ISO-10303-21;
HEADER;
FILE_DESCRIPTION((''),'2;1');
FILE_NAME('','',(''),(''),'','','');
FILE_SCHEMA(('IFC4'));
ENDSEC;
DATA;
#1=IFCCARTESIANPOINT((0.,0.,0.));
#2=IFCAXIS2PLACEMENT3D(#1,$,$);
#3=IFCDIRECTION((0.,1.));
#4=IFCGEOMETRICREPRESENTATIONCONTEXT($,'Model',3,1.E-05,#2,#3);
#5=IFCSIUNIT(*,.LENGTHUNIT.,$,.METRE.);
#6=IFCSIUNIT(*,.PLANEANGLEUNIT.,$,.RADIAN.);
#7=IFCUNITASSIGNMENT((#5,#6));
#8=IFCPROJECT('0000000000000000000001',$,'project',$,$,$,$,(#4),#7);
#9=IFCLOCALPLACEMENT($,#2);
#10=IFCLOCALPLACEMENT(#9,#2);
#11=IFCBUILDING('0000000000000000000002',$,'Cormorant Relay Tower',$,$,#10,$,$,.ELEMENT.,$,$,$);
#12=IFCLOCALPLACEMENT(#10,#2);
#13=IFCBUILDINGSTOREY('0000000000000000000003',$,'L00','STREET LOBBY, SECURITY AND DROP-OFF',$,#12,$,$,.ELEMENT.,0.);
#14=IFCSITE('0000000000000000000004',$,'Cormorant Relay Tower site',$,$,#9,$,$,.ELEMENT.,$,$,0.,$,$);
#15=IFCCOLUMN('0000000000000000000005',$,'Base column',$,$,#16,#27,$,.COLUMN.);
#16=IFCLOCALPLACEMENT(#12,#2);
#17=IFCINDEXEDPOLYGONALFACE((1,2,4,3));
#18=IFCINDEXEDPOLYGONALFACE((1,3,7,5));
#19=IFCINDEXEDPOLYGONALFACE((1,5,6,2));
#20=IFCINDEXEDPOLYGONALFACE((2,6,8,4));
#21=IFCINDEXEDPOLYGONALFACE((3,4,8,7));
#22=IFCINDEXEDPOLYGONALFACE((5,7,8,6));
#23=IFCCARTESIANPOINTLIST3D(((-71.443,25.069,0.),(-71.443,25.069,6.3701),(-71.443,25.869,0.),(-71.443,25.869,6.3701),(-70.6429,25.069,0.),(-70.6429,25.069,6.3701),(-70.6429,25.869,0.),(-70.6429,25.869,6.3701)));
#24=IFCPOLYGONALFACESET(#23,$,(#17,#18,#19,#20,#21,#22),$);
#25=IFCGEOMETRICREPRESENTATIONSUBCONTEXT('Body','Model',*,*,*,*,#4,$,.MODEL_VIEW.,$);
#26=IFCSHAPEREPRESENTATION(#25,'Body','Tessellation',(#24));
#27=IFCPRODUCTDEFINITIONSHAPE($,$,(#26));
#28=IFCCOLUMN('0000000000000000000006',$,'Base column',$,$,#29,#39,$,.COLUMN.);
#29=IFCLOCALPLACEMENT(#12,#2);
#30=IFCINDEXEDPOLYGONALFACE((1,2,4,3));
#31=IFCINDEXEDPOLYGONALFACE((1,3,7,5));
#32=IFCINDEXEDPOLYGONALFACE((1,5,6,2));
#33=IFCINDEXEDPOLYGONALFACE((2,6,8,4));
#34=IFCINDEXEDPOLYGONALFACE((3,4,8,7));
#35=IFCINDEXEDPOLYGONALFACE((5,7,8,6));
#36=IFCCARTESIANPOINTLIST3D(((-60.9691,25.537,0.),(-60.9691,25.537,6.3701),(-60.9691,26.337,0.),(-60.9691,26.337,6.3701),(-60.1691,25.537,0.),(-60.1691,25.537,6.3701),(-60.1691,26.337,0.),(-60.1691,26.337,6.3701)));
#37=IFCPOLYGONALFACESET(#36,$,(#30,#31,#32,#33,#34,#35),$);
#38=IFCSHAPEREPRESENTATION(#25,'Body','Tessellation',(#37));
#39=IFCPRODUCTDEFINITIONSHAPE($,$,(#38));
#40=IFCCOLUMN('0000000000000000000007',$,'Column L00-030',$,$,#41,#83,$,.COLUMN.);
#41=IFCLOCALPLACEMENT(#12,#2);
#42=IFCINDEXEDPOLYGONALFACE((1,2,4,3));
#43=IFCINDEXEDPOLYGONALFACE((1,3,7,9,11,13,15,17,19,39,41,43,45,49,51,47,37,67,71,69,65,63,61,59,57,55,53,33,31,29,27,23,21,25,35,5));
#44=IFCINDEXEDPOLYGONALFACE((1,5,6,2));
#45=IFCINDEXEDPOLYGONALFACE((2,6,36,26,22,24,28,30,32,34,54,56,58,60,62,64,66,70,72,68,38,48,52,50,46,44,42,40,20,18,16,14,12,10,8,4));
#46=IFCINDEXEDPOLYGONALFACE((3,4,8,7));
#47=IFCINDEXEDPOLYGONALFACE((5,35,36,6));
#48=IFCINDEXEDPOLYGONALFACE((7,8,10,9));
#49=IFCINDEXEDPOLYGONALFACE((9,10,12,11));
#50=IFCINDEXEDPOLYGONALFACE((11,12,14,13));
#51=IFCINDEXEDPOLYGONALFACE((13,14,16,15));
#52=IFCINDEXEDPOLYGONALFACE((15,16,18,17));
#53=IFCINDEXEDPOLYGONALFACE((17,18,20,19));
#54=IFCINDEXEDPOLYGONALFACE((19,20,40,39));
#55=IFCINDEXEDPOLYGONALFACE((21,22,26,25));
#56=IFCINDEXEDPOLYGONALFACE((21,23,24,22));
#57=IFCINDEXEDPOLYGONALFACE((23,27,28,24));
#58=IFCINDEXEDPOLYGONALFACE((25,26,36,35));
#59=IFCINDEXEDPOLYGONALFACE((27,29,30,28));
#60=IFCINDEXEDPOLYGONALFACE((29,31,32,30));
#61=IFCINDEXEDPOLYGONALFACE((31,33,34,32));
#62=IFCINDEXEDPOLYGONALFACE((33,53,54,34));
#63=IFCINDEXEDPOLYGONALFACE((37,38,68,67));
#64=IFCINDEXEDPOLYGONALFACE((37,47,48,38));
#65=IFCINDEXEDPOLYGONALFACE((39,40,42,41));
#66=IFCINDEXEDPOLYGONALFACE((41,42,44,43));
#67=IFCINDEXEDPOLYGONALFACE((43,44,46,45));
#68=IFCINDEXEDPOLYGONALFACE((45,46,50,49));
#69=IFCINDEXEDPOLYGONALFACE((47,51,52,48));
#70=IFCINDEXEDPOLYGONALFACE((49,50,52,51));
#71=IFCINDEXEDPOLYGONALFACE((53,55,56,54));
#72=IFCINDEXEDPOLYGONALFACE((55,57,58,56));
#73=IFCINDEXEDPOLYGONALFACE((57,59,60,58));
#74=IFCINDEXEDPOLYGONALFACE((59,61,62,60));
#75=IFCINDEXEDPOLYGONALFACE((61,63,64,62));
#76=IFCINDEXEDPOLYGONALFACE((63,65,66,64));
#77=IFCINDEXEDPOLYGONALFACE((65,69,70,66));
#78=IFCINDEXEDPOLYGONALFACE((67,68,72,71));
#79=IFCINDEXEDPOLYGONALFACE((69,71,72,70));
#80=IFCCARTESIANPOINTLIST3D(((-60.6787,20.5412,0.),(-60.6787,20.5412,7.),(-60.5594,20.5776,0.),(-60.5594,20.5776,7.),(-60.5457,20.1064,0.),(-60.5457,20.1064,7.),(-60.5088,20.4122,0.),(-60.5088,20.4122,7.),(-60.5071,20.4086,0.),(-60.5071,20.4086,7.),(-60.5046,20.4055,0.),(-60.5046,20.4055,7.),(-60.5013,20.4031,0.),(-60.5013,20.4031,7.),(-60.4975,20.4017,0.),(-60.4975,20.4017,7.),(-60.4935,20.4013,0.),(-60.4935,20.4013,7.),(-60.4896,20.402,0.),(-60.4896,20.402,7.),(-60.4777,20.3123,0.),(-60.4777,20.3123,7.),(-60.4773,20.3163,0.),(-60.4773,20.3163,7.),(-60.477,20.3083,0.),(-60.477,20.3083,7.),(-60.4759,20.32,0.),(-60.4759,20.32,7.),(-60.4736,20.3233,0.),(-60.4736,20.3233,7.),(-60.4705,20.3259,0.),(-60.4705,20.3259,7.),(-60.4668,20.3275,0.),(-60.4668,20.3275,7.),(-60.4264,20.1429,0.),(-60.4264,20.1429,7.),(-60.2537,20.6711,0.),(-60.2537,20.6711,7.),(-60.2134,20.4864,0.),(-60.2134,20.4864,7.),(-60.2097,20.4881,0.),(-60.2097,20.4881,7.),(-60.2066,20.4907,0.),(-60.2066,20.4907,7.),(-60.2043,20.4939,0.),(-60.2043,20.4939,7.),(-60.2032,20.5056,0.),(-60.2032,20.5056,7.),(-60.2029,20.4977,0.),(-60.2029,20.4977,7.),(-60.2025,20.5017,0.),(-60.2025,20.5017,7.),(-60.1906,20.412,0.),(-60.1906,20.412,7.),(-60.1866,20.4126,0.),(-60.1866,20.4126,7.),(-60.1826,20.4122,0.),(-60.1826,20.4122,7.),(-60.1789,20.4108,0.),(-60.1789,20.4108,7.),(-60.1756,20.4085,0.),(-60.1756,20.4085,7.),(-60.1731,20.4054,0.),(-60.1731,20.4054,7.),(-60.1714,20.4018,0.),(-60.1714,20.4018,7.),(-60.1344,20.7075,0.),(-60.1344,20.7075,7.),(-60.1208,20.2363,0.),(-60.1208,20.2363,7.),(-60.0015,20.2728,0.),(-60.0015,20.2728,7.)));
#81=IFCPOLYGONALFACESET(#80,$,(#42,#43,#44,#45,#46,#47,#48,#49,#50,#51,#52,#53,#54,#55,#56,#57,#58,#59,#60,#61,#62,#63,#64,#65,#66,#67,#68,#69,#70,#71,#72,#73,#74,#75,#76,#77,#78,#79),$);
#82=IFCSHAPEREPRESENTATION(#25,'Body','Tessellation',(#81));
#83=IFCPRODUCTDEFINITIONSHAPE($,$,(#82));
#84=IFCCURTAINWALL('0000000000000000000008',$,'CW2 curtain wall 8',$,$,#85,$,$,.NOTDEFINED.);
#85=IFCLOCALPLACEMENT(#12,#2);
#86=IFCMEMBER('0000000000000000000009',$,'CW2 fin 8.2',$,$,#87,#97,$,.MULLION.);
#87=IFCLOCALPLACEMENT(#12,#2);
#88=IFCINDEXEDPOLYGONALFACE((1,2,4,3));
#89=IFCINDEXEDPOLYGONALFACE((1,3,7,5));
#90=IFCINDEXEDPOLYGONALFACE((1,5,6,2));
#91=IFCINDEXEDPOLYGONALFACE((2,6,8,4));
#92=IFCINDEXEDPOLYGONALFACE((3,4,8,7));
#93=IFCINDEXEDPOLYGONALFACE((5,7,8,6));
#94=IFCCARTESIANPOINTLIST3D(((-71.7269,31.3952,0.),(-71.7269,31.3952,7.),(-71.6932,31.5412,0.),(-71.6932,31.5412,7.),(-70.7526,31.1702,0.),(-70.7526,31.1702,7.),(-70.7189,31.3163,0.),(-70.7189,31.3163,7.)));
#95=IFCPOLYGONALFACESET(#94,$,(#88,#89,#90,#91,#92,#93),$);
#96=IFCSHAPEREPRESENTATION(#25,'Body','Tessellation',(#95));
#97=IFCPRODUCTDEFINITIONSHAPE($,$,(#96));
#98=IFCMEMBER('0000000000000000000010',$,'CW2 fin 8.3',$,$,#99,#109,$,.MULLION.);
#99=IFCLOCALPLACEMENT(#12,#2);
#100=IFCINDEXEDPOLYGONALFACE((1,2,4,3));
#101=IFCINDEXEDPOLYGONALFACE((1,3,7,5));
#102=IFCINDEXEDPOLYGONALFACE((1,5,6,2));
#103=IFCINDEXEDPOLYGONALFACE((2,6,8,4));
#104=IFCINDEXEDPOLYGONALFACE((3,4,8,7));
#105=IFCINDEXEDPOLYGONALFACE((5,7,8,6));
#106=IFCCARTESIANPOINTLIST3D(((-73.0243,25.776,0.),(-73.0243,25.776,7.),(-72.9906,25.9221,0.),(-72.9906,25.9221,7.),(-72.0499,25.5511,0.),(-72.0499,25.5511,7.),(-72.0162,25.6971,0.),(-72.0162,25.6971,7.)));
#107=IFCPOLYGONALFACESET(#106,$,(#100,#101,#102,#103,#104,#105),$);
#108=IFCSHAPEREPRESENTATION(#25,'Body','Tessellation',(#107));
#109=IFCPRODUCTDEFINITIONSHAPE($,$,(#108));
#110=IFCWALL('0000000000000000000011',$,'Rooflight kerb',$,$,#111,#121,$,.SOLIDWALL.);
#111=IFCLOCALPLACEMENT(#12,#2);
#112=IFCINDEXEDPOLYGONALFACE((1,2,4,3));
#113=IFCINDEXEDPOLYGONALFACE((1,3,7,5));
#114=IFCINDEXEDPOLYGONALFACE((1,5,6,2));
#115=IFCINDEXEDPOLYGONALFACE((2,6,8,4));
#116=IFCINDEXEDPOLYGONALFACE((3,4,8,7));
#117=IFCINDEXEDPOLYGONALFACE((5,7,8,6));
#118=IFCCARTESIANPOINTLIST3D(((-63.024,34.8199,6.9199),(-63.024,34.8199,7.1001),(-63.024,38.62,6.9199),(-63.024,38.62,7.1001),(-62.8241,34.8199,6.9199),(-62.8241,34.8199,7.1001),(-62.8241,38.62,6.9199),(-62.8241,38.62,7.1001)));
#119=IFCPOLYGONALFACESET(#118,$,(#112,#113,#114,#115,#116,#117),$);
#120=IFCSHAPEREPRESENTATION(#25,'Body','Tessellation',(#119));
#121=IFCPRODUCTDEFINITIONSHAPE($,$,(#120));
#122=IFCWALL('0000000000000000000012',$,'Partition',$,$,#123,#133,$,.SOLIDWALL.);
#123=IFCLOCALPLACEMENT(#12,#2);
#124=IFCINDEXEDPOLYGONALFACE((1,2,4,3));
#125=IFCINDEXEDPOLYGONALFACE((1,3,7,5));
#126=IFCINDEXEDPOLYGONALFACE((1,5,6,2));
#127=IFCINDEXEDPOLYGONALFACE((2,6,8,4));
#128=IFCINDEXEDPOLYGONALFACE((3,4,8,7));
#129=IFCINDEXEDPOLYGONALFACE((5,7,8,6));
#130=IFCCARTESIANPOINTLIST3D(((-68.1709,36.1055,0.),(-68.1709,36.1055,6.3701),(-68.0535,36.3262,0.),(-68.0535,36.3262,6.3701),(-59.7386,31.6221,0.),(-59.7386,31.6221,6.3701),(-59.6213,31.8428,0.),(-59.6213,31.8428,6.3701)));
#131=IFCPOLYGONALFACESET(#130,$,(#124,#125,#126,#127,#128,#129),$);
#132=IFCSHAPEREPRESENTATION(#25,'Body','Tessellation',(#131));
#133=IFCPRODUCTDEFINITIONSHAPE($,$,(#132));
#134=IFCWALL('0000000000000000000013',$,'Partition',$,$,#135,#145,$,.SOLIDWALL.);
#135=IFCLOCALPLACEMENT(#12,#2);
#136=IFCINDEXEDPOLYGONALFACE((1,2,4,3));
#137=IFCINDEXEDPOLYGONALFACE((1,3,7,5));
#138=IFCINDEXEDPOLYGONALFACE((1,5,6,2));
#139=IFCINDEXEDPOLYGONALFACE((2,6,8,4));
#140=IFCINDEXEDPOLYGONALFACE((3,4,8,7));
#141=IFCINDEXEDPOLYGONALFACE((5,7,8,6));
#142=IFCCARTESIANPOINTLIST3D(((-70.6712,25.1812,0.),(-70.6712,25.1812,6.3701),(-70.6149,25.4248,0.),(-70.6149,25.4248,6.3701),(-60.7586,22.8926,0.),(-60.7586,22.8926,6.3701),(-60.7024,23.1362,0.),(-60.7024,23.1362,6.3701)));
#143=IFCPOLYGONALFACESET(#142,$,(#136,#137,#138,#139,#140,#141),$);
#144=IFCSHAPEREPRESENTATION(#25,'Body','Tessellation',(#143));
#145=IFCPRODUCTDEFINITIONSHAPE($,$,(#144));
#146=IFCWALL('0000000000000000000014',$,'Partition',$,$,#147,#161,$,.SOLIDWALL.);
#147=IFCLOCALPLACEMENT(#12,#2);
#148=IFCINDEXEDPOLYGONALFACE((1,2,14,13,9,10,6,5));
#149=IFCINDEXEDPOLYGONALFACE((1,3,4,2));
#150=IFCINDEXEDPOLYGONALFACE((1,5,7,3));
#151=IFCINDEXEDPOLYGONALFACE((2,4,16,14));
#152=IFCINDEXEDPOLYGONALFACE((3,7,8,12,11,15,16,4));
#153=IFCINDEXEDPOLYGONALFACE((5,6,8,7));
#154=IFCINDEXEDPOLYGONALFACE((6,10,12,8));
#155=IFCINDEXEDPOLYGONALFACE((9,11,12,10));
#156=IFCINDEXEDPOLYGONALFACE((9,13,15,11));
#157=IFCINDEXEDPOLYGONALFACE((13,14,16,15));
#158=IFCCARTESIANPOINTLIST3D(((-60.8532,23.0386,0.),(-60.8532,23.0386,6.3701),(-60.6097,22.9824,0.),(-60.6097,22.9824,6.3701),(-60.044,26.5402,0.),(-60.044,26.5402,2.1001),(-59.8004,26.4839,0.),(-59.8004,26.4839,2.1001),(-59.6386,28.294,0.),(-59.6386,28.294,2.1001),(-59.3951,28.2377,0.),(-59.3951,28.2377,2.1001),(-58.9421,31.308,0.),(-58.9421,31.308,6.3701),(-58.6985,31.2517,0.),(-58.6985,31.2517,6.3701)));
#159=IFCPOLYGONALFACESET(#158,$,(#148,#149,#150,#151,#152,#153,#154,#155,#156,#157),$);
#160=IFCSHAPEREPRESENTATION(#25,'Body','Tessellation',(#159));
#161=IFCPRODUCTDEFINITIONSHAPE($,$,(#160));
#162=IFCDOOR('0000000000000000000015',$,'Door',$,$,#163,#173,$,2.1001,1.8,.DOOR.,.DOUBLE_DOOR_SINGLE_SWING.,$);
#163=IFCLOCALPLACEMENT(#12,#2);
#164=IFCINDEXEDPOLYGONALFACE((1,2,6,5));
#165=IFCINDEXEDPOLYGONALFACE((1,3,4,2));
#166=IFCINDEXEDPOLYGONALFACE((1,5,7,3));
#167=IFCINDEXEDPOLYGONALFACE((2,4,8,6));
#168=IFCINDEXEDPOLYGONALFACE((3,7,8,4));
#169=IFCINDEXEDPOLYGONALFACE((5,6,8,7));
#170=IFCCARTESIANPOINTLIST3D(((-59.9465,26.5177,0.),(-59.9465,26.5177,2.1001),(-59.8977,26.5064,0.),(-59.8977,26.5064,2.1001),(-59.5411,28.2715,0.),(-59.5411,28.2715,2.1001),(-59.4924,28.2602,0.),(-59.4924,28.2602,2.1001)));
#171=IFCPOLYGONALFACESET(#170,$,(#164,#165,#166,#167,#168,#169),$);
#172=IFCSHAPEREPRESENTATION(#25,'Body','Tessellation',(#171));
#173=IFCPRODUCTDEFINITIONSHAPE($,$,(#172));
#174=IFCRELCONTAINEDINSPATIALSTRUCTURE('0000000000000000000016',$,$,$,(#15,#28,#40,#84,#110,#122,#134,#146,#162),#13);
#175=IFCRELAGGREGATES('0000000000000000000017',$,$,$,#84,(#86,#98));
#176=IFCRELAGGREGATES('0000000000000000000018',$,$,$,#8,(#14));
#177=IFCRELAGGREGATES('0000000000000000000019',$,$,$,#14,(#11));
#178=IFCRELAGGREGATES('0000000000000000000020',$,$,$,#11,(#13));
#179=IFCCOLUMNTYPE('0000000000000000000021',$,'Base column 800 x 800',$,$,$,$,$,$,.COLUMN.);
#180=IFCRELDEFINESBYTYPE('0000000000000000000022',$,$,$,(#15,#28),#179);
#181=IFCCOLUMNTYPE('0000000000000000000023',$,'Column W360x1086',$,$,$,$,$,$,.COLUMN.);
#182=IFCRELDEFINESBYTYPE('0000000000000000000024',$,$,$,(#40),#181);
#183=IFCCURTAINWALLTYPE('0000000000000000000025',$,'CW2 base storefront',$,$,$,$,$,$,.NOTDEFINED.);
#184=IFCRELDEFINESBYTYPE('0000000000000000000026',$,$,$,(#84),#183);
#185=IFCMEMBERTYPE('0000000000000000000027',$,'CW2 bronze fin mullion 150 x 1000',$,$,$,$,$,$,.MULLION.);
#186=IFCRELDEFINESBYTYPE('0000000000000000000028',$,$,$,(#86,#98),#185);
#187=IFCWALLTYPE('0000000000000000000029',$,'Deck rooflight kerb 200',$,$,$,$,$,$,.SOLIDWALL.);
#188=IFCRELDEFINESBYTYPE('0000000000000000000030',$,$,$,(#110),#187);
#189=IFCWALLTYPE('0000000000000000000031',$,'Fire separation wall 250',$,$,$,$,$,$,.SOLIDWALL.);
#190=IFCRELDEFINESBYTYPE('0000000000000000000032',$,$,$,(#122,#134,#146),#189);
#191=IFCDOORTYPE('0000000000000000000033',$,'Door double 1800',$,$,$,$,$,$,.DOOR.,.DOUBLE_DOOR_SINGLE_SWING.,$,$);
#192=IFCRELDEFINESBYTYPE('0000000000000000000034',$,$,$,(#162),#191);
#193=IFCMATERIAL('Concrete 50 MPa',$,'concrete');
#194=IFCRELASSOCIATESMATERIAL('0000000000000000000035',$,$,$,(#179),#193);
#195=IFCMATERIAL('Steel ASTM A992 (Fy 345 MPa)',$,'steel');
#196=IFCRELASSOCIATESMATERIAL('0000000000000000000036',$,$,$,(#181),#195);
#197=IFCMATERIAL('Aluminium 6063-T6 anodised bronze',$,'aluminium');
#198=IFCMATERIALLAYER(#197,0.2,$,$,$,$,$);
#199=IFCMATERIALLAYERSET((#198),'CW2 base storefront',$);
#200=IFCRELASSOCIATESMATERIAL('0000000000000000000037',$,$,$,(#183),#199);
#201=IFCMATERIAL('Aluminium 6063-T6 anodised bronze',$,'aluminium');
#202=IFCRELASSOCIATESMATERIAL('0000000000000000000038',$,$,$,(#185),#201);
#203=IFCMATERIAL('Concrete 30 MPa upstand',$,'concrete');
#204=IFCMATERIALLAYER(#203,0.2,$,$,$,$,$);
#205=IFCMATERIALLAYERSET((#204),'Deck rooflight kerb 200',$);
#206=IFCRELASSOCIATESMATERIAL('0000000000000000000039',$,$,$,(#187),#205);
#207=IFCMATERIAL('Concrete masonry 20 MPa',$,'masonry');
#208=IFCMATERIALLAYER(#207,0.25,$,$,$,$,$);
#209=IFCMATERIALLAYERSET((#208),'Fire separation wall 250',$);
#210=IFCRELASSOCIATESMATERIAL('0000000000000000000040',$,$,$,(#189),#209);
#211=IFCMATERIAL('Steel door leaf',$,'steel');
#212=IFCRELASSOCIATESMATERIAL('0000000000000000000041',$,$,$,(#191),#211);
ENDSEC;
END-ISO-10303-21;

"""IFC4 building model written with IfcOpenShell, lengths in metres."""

from ifc_helpers import new_model, si_unit, direction, frame, frame_2d, origin, origin_2d, place, context, subcontext, project, spatial, rectangle, i_section, extrude, material, layer, layer_set, material_profile, profile_set, type_object, element, fill, aggregate, save


model = new_model("IFC4")

# Units and contexts
model_context = context("Model", 3, precision=1e-05, world=origin(), true_north=direction((0.0, 1.0)))
body_context = subcontext(model_context, "Body", "Model", "MODEL_VIEW")
ifc_project = project(units=[si_unit("LENGTHUNIT", "METRE"), si_unit("PLANEANGLEUNIT", "RADIAN")], contexts=[model_context])

# Site, building, storey
site_placement = place(None, origin())
site = spatial("IfcSite", under=ifc_project, at=site_placement, Name="Cormorant Relay Tower site", CompositionType="ELEMENT", RefElevation=0.0)
building_placement = place(site_placement, origin())
building = spatial("IfcBuilding", under=site, at=building_placement, Name="Cormorant Relay Tower", CompositionType="ELEMENT")
storey_placement = place(building_placement, origin())
storey = spatial("IfcBuildingStorey", under=building, at=storey_placement, Name="L00", Description="STREET LOBBY, SECURITY AND DROP-OFF", CompositionType="ELEMENT", Elevation=0.0)

# Columns
ifc_material_1 = material(Name="Concrete 50 MPa", Category="concrete")
ifc_material_profile_1 = material_profile(ifc_material_1, rectangle(XDim=0.8, YDim=0.8, at=origin_2d()), Name="RC 800x800")
ifc_profile_set_1 = profile_set([ifc_material_profile_1], Name="Concrete 50 MPa")
column_type_1 = type_object("IfcColumnType", Name="Base column 800 x 800", PredefinedType="COLUMN", material=ifc_profile_set_1)
for number, where, z_axis, x_axis, name in (
    (1, (-71.043, 25.469, 0.0), (0.0, 0.0, 1.0), (1.0, 0.0, 0.0), "Base column"),
    (2, (-60.5691, 25.937, 0.0), (0.0, 0.0, 1.0), (1.0, 0.0, 0.0), "Base column"),
):
    element("IfcColumn", number, at=place(storey_placement, frame(where, z_axis=z_axis, x_axis=x_axis)), inside=storey, type_object=column_type_1, Name=name, PredefinedType="COLUMN", context=body_context, shape_type="SweptSolid", body=[
        extrude(rectangle(XDim=0.8, YDim=0.8, at=origin_2d()), origin(), (0.0, 0.0, 1.0), 6.3701),
    ])
ifc_material_2 = material(Name="Steel ASTM A992 (Fy 345 MPa)", Category="steel")
ifc_material_profile_2 = material_profile(ifc_material_2, i_section(OverallWidth=0.4546, OverallDepth=0.5691, WebThickness=0.0779, FlangeThickness=0.1248, FilletRadius=0.0154, at=origin_2d()), Name="W360x1086")
ifc_profile_set_2 = profile_set([ifc_material_profile_2], Name="Steel ASTM A992 (Fy 345 MPa)")
column_type_2 = type_object("IfcColumnType", Name="Column W360x1086", PredefinedType="COLUMN", material=ifc_profile_set_2)
column_placement = place(storey_placement, frame((-60.3401, 20.407, 0.0), z_axis=(0.0, 0.0, 1.0), x_axis=(0.292372, -0.956305, 0.0)))
element("IfcColumn", 3, at=column_placement, inside=storey, type_object=column_type_2, Name="Column L00-030", PredefinedType="COLUMN", context=body_context, shape_type="SweptSolid", body=[
    extrude(i_section(OverallWidth=0.4546, OverallDepth=0.5691, WebThickness=0.0779, FlangeThickness=0.1248, FilletRadius=0.0154, at=origin_2d()), origin(), (0.0, 0.0, 1.0), 7.0),
])

# Curtain wall, members
ifc_material_3 = material(Name="Aluminium 6063-T6 anodised bronze", Category="aluminium")
ifc_layer_1 = layer(ifc_material_3, 0.2)
ifc_layer_set_1 = layer_set([ifc_layer_1], Name="CW2 base storefront")
curtain_wall_type = type_object("IfcCurtainWallType", Name="CW2 base storefront", PredefinedType="NOTDEFINED", material=ifc_layer_set_1)
curtain_wall_placement = place(storey_placement, origin())
curtain_wall = element("IfcCurtainWall", 4, at=curtain_wall_placement, inside=storey, type_object=curtain_wall_type, Name="CW2 curtain wall 8", PredefinedType="NOTDEFINED")
ifc_material_4 = material(Name="Aluminium 6063-T6 anodised bronze", Category="aluminium")
ifc_material_profile_3 = material_profile(ifc_material_4, rectangle(XDim=0.1499, YDim=1.0, at=origin_2d()), Name="AL 150x1000")
ifc_profile_set_3 = profile_set([ifc_material_profile_3], Name="Aluminium 6063-T6 anodised bronze")
member_type = type_object("IfcMemberType", Name="CW2 bronze fin mullion 150 x 1000", PredefinedType="MULLION", material=ifc_profile_set_3)
member_1_placement = place(storey_placement, frame((-71.2229, 31.3557, 0.0), z_axis=(0.0, 0.0, 1.0), x_axis=(-0.224951, -0.97437, 0.0)))
member_1 = element("IfcMember", 5, at=member_1_placement, type_object=member_type, Name="CW2 fin 8.2", PredefinedType="MULLION", context=body_context, shape_type="SweptSolid", body=[
    extrude(rectangle(XDim=0.1499, YDim=1.0, at=origin_2d()), origin(), (0.0, 0.0, 1.0), 7.0),
])
member_2_placement = place(storey_placement, frame((-72.5203, 25.7366, 0.0), z_axis=(0.0, 0.0, 1.0), x_axis=(-0.224951, -0.97437, 0.0)))
member_2 = element("IfcMember", 6, at=member_2_placement, type_object=member_type, Name="CW2 fin 8.3", PredefinedType="MULLION", context=body_context, shape_type="SweptSolid", body=[
    extrude(rectangle(XDim=0.1499, YDim=1.0, at=origin_2d()), origin(), (0.0, 0.0, 1.0), 7.0),
])
aggregate(curtain_wall, [member_1, member_2])

# Walls
ifc_material_5 = material(Name="Concrete 30 MPa upstand", Category="concrete")
ifc_layer_2 = layer(ifc_material_5, 0.2)
ifc_layer_set_2 = layer_set([ifc_layer_2], Name="Deck rooflight kerb 200")
wall_type_1 = type_object("IfcWallType", Name="Deck rooflight kerb 200", PredefinedType="SOLIDWALL", material=ifc_layer_set_2)
wall_1_placement = place(storey_placement, frame((-62.9241, 34.8201, 6.9199), z_axis=(0.0, 0.0, 1.0), x_axis=(0.0, 1.0, 0.0)))
element("IfcWall", 7, at=wall_1_placement, inside=storey, type_object=wall_type_1, Name="Rooflight kerb", PredefinedType="SOLIDWALL", context=body_context, shape_type="SweptSolid", body=[
    extrude(rectangle(XDim=3.8, YDim=0.2, at=frame_2d((1.8999, 0.0))), origin(), (0.0, 0.0, 1.0), 0.1802),
])
ifc_material_6 = material(Name="Concrete masonry 20 MPa", Category="masonry")
ifc_layer_3 = layer(ifc_material_6, 0.25)
ifc_layer_set_3 = layer_set([ifc_layer_3], Name="Fire separation wall 250")
wall_type_2 = type_object("IfcWallType", Name="Fire separation wall 250", PredefinedType="SOLIDWALL", material=ifc_layer_set_3)
wall_2_placement = place(storey_placement, frame((-68.1121, 36.2158, 0.0), z_axis=(0.0, 0.0, 1.0), x_axis=(0.88295, -0.469468, 0.0)))
element("IfcWall", 8, at=wall_2_placement, inside=storey, type_object=wall_type_2, Name="Partition", PredefinedType="SOLIDWALL", context=body_context, shape_type="SweptSolid", body=[
    extrude(rectangle(XDim=9.55, YDim=0.25, at=frame_2d((4.7749, 0.0))), origin(), (0.0, 0.0, 1.0), 6.3701),
])
wall_3_placement = place(storey_placement, frame((-70.6431, 25.303, 0.0), z_axis=(0.0, 0.0, 1.0), x_axis=(0.974369, -0.224958, 0.0)))
element("IfcWall", 9, at=wall_3_placement, inside=storey, type_object=wall_type_2, Name="Partition", PredefinedType="SOLIDWALL", context=body_context, shape_type="SweptSolid", body=[
    extrude(rectangle(XDim=10.1733, YDim=0.25, at=frame_2d((5.0867, 0.0))), origin(), (0.0, 0.0, 1.0), 6.3701),
])

# Wall, opening, door
wall_4_placement = place(storey_placement, frame((-60.7314, 23.0105, 0.0), z_axis=(0.0, 0.0, 1.0), x_axis=(0.225177, 0.974318, 0.0)))
wall_4 = element("IfcWall", 10, at=wall_4_placement, inside=storey, type_object=wall_type_2, Name="Partition", PredefinedType="SOLIDWALL", context=body_context, shape_type="SweptSolid", body=[
    extrude(rectangle(XDim=8.4873, YDim=0.25, at=frame_2d((4.2437, 0.0))), origin(), (0.0, 0.0, 1.0), 6.3701),
])
opening_1_placement = place(wall_4_placement, frame((3.594, 0.0, 0.0)))
opening_1 = element("IfcOpeningElement", 11, at=opening_1_placement, cuts=wall_4, PredefinedType="OPENING", context=body_context, shape_type="SweptSolid", body=[
    extrude(rectangle(XDim=1.8, YDim=2.1001, at=frame_2d((0.8999, 1.05))), frame((0.0, 0.135, 0.0), z_axis=(0.0, -1.0, 0.0), x_axis=(1.0, 0.0, 0.0)), (0.0, 0.0, 1.0), 0.27),
])
ifc_material_7 = material(Name="Steel door leaf", Category="steel")
door_type_1 = type_object("IfcDoorType", Name="Door double 1800", OperationType="DOUBLE_DOOR_SINGLE_SWING", PredefinedType="DOOR", material=ifc_material_7)
door_1_placement = place(opening_1_placement, origin())
door_1 = element("IfcDoor", 12, at=door_1_placement, inside=storey, type_object=door_type_1, Name="Door", OperationType="DOUBLE_DOOR_SINGLE_SWING", OverallHeight=2.1001, OverallWidth=1.8, PredefinedType="DOOR", context=body_context, shape_type="SweptSolid", body=[
    extrude(rectangle(XDim=1.8, YDim=2.1001, at=frame_2d((0.8999, 1.05))), frame((0.0, 0.0249, 0.0), z_axis=(0.0, -1.0, 0.0), x_axis=(1.0, 0.0, 0.0)), (0.0, 0.0, 1.0), 0.05),
])
fill(opening_1, door_1)

save(model, "model.ifc")
